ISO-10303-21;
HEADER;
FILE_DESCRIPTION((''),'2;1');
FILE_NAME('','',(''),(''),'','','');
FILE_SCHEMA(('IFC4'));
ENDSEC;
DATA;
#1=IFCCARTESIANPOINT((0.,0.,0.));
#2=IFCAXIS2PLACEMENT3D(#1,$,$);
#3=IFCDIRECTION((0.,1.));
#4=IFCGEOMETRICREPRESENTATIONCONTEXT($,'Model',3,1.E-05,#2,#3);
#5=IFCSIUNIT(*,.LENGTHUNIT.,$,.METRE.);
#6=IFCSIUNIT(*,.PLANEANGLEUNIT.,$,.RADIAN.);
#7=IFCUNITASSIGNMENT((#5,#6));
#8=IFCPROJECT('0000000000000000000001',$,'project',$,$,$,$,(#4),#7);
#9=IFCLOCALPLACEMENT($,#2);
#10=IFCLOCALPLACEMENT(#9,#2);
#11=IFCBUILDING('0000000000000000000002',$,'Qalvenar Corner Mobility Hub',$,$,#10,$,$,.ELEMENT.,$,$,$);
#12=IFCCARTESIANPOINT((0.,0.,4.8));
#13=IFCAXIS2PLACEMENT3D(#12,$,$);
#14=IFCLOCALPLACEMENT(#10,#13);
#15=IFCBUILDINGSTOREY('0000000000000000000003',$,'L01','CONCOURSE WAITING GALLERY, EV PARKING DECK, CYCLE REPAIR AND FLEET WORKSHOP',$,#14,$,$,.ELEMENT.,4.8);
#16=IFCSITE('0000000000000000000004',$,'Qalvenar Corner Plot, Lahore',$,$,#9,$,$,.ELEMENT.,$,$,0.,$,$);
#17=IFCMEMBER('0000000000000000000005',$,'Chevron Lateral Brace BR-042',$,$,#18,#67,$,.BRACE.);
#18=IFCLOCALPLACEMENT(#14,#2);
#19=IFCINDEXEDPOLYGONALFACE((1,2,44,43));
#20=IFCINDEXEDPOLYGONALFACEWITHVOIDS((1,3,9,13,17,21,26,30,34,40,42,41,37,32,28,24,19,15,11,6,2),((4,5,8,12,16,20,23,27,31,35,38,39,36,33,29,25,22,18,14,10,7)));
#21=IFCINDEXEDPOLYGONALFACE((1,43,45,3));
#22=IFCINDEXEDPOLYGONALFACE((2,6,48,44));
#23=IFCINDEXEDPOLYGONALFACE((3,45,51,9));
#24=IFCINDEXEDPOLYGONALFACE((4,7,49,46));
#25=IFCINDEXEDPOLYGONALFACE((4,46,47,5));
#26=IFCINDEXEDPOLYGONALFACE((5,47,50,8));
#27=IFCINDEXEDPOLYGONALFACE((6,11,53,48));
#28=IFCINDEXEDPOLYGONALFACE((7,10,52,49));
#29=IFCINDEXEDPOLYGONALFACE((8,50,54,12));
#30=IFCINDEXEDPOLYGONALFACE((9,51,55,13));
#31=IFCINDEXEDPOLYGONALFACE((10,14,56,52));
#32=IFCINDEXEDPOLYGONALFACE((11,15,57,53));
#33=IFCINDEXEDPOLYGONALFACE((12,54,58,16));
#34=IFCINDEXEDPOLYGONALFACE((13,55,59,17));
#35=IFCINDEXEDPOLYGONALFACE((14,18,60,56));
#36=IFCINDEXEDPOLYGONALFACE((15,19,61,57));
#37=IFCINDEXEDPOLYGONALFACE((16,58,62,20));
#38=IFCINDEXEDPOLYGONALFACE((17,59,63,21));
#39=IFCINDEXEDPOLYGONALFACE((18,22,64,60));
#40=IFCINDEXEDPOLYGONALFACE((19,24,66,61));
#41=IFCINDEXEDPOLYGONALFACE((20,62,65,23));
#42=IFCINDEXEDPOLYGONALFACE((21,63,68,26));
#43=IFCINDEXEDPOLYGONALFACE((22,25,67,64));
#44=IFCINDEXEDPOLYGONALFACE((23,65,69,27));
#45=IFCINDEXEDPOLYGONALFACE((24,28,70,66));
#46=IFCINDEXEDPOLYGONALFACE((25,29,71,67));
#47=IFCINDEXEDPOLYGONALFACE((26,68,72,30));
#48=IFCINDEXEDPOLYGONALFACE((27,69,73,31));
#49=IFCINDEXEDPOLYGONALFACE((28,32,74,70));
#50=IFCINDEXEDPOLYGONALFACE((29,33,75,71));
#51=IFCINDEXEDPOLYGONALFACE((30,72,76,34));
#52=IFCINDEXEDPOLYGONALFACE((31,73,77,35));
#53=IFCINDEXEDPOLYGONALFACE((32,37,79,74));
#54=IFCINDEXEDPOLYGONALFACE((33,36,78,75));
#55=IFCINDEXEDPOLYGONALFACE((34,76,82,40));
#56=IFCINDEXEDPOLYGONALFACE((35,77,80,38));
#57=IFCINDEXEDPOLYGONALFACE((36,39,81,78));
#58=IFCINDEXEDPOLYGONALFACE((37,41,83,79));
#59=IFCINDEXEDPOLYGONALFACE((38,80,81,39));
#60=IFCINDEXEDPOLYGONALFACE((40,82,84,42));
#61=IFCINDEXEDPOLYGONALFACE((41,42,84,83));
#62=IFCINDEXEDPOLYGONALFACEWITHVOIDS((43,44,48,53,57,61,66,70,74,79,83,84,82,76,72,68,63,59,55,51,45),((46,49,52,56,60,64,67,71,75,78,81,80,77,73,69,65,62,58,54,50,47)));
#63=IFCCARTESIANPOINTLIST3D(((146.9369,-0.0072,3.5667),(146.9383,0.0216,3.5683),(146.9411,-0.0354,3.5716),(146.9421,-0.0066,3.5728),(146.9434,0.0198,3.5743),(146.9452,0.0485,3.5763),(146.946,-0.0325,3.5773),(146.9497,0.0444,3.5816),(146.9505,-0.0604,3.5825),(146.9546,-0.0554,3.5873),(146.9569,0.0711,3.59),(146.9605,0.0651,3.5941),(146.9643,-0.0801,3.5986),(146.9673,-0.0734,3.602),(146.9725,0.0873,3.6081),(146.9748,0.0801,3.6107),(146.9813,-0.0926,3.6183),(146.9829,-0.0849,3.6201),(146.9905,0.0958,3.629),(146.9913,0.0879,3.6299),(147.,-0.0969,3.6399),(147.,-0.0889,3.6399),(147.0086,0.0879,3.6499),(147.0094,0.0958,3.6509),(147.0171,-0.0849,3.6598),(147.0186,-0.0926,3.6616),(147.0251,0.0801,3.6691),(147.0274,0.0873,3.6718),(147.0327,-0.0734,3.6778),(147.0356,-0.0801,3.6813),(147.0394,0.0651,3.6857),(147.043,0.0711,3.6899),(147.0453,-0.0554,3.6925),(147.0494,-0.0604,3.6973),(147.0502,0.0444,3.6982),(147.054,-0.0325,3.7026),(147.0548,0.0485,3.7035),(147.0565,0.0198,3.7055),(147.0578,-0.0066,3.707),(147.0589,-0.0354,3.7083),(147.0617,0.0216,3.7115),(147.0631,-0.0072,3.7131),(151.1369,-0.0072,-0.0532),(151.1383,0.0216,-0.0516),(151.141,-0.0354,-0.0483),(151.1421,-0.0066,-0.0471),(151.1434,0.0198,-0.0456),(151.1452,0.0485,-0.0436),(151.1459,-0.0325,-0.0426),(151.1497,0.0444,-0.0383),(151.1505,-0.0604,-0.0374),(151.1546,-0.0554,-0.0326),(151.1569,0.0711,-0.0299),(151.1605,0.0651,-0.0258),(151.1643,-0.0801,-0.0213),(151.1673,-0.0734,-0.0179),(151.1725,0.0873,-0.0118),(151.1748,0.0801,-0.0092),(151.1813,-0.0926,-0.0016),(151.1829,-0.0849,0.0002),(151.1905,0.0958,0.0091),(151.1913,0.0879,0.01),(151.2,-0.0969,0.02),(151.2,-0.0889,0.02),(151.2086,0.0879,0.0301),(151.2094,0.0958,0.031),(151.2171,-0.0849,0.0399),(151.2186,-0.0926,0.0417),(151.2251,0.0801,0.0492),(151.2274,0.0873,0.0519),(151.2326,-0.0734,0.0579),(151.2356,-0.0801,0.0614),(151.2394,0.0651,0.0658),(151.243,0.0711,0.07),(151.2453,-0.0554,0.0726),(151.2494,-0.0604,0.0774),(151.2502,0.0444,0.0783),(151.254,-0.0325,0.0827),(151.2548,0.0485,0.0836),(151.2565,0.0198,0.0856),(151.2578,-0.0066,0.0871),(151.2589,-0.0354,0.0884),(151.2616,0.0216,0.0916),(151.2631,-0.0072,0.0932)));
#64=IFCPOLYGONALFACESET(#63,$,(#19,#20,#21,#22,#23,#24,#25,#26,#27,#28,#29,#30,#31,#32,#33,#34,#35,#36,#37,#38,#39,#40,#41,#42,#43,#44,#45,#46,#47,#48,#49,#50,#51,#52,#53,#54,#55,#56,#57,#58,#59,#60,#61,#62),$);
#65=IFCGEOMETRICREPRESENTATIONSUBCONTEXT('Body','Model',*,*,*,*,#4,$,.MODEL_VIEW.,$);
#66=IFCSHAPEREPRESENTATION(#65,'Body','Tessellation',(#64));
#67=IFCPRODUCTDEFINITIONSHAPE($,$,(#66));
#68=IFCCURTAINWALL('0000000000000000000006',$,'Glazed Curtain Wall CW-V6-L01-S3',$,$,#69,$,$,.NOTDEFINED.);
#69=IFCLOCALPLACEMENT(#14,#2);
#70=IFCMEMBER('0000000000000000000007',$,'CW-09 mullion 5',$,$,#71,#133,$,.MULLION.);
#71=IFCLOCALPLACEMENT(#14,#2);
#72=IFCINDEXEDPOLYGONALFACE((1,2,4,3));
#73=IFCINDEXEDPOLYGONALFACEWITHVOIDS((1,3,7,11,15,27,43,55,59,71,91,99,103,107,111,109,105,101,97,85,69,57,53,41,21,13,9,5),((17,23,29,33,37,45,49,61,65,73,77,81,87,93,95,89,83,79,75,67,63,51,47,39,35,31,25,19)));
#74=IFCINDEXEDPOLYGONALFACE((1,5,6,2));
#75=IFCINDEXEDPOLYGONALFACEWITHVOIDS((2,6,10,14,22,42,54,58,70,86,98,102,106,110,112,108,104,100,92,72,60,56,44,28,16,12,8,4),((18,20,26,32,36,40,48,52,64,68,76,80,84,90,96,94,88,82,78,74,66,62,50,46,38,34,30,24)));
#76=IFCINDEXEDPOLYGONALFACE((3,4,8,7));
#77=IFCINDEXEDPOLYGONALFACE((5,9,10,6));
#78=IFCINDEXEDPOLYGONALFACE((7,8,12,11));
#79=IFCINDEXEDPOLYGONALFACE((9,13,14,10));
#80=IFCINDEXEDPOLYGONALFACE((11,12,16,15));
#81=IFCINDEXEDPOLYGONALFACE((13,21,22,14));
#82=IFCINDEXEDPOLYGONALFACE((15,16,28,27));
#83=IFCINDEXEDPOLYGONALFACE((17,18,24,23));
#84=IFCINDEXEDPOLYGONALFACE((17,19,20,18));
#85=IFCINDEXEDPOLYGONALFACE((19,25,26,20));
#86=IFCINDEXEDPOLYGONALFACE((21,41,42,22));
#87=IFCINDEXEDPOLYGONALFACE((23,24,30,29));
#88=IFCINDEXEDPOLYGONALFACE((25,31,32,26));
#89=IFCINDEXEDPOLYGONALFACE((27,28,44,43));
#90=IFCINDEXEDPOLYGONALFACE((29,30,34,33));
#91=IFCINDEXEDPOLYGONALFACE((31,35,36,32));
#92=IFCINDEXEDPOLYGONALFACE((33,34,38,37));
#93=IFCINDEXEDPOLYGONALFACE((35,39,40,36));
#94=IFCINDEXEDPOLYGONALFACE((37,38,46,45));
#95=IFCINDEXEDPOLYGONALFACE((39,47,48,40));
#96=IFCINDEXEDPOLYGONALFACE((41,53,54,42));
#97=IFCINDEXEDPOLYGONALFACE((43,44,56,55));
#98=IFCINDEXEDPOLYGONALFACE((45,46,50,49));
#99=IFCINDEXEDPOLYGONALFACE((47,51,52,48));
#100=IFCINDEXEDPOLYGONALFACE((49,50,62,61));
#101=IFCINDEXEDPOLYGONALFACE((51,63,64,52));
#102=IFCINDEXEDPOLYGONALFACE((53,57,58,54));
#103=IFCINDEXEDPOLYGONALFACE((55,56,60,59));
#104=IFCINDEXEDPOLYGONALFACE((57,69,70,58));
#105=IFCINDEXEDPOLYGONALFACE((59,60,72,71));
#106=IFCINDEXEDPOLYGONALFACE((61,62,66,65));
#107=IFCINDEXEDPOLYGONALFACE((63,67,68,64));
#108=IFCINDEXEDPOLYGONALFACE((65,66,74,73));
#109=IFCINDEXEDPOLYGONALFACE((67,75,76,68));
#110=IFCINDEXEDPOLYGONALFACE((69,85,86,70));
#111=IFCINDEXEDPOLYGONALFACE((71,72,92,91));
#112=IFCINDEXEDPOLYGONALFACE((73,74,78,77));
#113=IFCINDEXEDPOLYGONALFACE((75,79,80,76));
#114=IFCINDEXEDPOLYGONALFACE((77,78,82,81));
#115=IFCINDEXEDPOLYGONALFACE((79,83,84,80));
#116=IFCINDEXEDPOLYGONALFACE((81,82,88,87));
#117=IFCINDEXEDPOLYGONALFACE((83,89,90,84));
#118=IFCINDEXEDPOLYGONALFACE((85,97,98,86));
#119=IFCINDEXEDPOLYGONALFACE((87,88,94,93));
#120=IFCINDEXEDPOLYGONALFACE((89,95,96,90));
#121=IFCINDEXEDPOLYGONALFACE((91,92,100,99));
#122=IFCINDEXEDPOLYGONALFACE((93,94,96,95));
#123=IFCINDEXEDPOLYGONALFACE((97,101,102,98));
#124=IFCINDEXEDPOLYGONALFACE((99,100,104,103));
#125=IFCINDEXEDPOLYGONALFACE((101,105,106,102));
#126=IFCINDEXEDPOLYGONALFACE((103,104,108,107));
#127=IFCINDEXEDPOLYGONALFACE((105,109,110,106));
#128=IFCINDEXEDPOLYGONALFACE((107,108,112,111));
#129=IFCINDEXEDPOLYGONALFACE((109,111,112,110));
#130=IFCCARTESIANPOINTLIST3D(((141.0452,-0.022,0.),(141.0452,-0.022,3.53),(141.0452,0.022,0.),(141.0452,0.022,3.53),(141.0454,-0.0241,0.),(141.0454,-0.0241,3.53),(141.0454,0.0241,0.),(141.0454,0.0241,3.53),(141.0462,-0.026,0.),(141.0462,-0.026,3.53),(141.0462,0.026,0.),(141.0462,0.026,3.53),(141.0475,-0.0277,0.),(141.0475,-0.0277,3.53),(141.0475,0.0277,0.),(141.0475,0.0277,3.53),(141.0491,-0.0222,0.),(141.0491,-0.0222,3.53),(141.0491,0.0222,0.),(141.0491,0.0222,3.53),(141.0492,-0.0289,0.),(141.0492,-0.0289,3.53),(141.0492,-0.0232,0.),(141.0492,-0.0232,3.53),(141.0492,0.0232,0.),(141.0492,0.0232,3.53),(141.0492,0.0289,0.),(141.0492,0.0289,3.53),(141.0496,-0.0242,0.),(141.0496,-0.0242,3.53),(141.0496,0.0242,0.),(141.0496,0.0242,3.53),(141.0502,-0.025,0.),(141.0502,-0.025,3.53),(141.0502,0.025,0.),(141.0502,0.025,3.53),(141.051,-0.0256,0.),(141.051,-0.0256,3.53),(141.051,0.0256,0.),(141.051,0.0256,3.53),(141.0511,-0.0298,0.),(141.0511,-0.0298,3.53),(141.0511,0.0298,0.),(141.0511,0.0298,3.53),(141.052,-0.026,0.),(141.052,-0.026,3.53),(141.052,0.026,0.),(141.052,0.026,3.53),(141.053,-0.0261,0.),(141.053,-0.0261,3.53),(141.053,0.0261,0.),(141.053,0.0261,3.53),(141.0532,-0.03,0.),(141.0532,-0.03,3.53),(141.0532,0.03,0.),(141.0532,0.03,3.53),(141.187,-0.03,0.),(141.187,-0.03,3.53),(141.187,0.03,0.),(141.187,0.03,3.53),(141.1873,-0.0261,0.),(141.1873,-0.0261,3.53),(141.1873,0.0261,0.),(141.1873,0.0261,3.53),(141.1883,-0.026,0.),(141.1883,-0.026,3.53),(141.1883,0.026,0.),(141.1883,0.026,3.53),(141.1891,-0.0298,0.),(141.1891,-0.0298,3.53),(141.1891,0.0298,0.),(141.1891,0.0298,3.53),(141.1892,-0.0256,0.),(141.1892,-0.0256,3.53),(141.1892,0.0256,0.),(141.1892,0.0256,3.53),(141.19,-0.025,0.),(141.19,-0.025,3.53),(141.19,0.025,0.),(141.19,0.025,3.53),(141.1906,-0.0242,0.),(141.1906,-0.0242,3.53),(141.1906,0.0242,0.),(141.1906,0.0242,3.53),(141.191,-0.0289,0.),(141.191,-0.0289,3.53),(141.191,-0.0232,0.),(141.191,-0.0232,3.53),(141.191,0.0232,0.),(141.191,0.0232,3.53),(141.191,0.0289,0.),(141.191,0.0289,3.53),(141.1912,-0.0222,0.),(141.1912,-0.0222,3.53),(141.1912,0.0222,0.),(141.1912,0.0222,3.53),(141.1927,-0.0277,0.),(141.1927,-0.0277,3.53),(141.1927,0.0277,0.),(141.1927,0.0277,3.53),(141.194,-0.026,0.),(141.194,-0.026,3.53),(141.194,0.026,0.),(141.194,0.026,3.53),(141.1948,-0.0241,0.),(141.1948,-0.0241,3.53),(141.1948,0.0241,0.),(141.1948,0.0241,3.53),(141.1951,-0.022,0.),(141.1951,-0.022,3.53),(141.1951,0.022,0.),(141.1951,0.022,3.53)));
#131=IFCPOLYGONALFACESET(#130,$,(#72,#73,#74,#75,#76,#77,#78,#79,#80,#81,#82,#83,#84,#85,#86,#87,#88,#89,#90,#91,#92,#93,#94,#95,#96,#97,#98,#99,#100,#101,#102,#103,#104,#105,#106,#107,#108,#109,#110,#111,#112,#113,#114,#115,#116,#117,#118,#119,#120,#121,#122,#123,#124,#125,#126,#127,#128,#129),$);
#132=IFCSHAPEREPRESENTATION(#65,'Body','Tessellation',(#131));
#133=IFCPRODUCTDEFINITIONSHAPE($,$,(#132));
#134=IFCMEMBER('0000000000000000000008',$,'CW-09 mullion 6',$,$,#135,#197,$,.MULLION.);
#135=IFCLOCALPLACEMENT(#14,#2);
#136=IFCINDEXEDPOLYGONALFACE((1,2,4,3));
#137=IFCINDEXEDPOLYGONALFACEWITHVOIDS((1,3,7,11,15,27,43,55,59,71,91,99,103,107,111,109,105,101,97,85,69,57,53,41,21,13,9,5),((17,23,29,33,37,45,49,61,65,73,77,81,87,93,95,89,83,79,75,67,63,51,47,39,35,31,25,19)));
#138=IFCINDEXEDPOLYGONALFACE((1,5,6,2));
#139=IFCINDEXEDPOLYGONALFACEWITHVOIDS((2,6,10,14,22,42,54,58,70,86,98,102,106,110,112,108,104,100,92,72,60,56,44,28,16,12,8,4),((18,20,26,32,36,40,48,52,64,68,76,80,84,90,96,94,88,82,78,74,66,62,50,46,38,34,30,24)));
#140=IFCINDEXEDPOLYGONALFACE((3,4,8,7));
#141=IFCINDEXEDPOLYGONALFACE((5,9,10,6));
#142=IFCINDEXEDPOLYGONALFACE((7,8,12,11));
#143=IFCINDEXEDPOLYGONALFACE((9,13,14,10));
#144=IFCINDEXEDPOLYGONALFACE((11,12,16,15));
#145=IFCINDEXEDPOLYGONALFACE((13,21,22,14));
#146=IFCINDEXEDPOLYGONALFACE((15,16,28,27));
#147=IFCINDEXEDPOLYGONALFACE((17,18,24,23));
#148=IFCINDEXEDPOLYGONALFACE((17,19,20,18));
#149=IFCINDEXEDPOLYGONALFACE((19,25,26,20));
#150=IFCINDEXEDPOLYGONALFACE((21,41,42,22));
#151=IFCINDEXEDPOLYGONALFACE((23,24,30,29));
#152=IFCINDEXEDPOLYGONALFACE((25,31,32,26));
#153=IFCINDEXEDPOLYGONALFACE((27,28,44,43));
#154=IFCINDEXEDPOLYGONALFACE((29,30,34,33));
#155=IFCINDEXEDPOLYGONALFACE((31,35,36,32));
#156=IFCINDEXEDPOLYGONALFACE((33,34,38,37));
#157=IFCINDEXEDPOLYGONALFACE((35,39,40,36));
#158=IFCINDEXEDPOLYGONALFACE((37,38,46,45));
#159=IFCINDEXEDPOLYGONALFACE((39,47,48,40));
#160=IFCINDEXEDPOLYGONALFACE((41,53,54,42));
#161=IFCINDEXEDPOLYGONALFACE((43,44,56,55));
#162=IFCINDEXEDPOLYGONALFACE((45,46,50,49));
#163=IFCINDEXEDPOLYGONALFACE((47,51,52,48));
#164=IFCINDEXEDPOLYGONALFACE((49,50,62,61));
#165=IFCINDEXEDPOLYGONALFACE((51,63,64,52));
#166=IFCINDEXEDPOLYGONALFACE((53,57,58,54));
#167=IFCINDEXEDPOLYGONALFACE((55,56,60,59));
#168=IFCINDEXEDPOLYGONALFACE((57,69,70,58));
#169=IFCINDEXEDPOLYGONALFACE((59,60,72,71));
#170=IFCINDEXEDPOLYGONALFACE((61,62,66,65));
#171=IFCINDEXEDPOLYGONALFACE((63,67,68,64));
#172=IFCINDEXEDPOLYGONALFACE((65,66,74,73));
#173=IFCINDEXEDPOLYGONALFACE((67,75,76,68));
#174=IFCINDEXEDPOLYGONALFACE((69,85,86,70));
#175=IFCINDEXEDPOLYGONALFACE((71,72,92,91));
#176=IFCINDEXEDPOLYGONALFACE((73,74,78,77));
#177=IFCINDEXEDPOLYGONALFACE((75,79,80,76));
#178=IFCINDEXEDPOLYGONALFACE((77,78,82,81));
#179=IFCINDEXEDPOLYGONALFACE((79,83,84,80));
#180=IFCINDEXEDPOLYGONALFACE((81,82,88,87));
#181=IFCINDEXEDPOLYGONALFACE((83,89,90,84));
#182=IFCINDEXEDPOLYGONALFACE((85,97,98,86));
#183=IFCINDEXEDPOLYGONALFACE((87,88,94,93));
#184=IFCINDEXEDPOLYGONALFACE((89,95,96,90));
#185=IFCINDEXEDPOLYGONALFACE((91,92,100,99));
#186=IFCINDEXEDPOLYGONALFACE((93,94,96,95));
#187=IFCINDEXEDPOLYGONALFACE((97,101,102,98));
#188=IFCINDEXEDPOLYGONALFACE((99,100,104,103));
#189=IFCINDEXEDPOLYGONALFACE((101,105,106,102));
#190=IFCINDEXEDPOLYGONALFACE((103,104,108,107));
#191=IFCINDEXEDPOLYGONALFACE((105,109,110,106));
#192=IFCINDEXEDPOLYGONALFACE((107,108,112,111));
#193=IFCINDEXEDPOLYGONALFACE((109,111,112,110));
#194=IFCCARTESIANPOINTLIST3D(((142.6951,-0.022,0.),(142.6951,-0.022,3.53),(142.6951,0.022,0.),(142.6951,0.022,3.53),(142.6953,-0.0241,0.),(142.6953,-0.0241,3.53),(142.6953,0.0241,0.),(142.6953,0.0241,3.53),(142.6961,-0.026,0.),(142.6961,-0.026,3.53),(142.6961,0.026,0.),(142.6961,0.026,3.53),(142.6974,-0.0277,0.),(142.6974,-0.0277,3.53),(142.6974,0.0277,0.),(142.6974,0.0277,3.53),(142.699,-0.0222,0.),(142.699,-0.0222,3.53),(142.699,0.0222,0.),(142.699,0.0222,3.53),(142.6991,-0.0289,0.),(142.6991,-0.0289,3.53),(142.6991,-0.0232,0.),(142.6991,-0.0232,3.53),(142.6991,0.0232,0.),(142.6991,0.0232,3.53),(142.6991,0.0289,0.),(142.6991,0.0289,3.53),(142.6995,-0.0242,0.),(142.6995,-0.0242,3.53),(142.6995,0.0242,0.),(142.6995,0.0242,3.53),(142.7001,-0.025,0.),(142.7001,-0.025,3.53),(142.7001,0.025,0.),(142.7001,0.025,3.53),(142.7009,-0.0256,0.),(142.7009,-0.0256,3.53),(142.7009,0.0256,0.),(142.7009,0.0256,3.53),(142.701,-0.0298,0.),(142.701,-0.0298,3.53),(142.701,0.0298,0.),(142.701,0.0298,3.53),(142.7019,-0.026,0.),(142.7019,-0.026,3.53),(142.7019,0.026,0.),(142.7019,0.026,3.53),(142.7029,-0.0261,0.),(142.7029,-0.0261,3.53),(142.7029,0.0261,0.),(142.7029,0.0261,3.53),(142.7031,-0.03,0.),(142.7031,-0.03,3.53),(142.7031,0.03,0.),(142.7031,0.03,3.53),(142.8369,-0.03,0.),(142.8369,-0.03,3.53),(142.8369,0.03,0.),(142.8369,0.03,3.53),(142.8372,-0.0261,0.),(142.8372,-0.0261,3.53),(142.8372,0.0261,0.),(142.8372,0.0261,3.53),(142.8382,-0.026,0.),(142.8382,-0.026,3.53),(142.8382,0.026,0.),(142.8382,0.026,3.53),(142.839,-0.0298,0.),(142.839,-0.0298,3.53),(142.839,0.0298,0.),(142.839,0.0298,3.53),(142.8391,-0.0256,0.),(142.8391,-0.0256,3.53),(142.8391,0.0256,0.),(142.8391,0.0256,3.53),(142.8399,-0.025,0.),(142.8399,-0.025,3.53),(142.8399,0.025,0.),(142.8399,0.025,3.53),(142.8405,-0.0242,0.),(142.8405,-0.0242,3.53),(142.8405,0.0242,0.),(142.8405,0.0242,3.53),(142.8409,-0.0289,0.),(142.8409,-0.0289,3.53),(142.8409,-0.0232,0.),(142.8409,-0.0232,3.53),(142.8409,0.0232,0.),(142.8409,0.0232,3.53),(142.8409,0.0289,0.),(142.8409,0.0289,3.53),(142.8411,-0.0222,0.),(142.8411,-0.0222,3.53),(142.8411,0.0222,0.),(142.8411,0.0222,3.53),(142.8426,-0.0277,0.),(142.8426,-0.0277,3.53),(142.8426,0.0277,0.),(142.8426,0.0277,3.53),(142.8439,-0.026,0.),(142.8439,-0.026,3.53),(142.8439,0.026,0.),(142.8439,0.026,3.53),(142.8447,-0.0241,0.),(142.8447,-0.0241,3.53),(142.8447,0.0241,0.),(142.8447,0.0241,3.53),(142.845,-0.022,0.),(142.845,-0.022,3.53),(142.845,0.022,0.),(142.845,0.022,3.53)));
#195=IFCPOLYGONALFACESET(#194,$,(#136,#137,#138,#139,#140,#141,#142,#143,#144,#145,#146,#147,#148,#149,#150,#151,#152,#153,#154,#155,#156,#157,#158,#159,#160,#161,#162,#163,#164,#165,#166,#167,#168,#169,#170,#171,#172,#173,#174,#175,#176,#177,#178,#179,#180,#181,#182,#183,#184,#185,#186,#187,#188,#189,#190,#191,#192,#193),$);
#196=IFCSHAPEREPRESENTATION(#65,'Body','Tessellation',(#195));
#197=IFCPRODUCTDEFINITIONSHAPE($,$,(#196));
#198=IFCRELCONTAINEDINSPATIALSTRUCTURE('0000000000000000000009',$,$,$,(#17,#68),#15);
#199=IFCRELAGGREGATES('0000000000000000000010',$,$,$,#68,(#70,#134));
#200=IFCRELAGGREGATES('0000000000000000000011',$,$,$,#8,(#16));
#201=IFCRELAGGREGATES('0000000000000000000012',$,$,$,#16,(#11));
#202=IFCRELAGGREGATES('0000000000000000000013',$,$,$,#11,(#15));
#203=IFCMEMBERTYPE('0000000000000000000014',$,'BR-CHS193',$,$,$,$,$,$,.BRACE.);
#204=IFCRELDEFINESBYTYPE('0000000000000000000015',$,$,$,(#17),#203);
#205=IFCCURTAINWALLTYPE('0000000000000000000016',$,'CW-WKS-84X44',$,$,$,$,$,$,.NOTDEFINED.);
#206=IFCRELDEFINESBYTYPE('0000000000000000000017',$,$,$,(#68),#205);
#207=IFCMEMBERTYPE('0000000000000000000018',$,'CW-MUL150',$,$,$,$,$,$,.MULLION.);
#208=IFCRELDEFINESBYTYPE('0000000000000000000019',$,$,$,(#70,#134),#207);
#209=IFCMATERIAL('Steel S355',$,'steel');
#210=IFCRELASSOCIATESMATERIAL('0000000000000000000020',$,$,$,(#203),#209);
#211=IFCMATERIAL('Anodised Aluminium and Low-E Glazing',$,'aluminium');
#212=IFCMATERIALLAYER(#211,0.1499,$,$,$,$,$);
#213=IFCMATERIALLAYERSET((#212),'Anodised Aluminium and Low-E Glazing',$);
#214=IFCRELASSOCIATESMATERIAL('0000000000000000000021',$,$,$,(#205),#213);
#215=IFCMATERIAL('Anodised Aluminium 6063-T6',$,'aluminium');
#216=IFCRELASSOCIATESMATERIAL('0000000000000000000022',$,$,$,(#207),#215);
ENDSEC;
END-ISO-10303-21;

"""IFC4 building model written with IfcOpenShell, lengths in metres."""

from ifc_helpers import new_model, si_unit, direction, frame, origin, origin_2d, place, context, subcontext, project, spatial, hollow_rectangle, hollow_circle, extrude, material, layer, layer_set, material_profile, profile_set, type_object, element, aggregate, save


model = new_model("IFC4")

# Units and contexts
model_context = context("Model", 3, precision=1e-05, world=origin(), true_north=direction((0.0, 1.0)))
body_context = subcontext(model_context, "Body", "Model", "MODEL_VIEW")
ifc_project = project(units=[si_unit("LENGTHUNIT", "METRE"), si_unit("PLANEANGLEUNIT", "RADIAN")], contexts=[model_context])

# Site, building, storey
site_placement = place(None, origin())
site = spatial("IfcSite", under=ifc_project, at=site_placement, Name="Qalvenar Corner Plot, Lahore", CompositionType="ELEMENT", RefElevation=0.0)
building_placement = place(site_placement, origin())
building = spatial("IfcBuilding", under=site, at=building_placement, Name="Qalvenar Corner Mobility Hub", CompositionType="ELEMENT")
storey_placement = place(building_placement, frame((0.0, 0.0, 4.8)))
storey = spatial("IfcBuildingStorey", under=building, at=storey_placement, Name="L01", Description="CONCOURSE WAITING GALLERY, EV PARKING DECK, CYCLE REPAIR AND FLEET WORKSHOP", CompositionType="ELEMENT", Elevation=4.8)

# Shared definitions
ifc_material_1 = material(Name="Steel S355", Category="steel")

# Member
ifc_material_profile_1 = material_profile(ifc_material_1, hollow_circle(Radius=0.0969, WallThickness=0.0081, at=origin_2d()), Name="CHS193.7x8")
ifc_profile_set_1 = profile_set([ifc_material_profile_1], Name="Steel S355")
member_type_1 = type_object("IfcMemberType", Name="BR-CHS193", PredefinedType="BRACE", material=ifc_profile_set_1)
for number, where, z_axis, x_axis, name in (
    (1, (151.2, 0.0, 0.02), (-0.757479, 0.0, 0.652859), (0.0, -1.0, 0.0), "Chevron Lateral Brace BR-042"),
):
    element("IfcMember", number, at=place(storey_placement, frame(where, z_axis=z_axis, x_axis=x_axis)), inside=storey, type_object=member_type_1, Name=name, PredefinedType="BRACE", context=body_context, shape_type="SweptSolid", body=[
        extrude(hollow_circle(Radius=0.0969, WallThickness=0.0081, at=origin_2d()), origin(), (0.0, 0.0, 1.0), 5.5447),
    ])

# Curtain wall, members
ifc_material_2 = material(Name="Anodised Aluminium and Low-E Glazing", Category="aluminium")
ifc_layer_1 = layer(ifc_material_2, 0.1499)
ifc_layer_set_1 = layer_set([ifc_layer_1], Name="Anodised Aluminium and Low-E Glazing")
curtain_wall_type = type_object("IfcCurtainWallType", Name="CW-WKS-84X44", PredefinedType="NOTDEFINED", material=ifc_layer_set_1)
curtain_wall_1_placement = place(storey_placement, origin())
curtain_wall_1 = element("IfcCurtainWall", 2, at=curtain_wall_1_placement, inside=storey, type_object=curtain_wall_type, Name="Glazed Curtain Wall CW-V6-L01-S3", PredefinedType="NOTDEFINED")
ifc_material_3 = material(Name="Anodised Aluminium 6063-T6", Category="aluminium")
ifc_material_profile_2 = material_profile(ifc_material_3, hollow_rectangle(XDim=0.0601, YDim=0.1499, WallThickness=0.0039, InnerFilletRadius=0.0039, OuterFilletRadius=0.0081, at=origin_2d()), Name="RHS150x60x4")
ifc_profile_set_2 = profile_set([ifc_material_profile_2], Name="Anodised Aluminium 6063-T6")
member_type_2 = type_object("IfcMemberType", Name="CW-MUL150", PredefinedType="MULLION", material=ifc_profile_set_2)
member_1_placement = place(storey_placement, frame((141.1201, 0.0, 0.0), z_axis=(0.0, 0.0, 1.0), x_axis=(0.0, 1.0, 0.0)))
member_1 = element("IfcMember", 3, at=member_1_placement, type_object=member_type_2, Name="CW-09 mullion 5", PredefinedType="MULLION", context=body_context, shape_type="SweptSolid", body=[
    extrude(hollow_rectangle(XDim=0.0601, YDim=0.1499, WallThickness=0.0039, InnerFilletRadius=0.0039, OuterFilletRadius=0.0081, at=origin_2d()), origin(), (0.0, 0.0, 1.0), 3.53),
])
member_2_placement = place(storey_placement, frame((142.77, 0.0, 0.0), z_axis=(0.0, 0.0, 1.0), x_axis=(0.0, 1.0, 0.0)))
member_2 = element("IfcMember", 4, at=member_2_placement, type_object=member_type_2, Name="CW-09 mullion 6", PredefinedType="MULLION", context=body_context, shape_type="SweptSolid", body=[
    extrude(hollow_rectangle(XDim=0.0601, YDim=0.1499, WallThickness=0.0039, InnerFilletRadius=0.0039, OuterFilletRadius=0.0081, at=origin_2d()), origin(), (0.0, 0.0, 1.0), 3.53),
])

aggregate(curtain_wall_1, [member_1, member_2])

save(model, "model.ifc")
